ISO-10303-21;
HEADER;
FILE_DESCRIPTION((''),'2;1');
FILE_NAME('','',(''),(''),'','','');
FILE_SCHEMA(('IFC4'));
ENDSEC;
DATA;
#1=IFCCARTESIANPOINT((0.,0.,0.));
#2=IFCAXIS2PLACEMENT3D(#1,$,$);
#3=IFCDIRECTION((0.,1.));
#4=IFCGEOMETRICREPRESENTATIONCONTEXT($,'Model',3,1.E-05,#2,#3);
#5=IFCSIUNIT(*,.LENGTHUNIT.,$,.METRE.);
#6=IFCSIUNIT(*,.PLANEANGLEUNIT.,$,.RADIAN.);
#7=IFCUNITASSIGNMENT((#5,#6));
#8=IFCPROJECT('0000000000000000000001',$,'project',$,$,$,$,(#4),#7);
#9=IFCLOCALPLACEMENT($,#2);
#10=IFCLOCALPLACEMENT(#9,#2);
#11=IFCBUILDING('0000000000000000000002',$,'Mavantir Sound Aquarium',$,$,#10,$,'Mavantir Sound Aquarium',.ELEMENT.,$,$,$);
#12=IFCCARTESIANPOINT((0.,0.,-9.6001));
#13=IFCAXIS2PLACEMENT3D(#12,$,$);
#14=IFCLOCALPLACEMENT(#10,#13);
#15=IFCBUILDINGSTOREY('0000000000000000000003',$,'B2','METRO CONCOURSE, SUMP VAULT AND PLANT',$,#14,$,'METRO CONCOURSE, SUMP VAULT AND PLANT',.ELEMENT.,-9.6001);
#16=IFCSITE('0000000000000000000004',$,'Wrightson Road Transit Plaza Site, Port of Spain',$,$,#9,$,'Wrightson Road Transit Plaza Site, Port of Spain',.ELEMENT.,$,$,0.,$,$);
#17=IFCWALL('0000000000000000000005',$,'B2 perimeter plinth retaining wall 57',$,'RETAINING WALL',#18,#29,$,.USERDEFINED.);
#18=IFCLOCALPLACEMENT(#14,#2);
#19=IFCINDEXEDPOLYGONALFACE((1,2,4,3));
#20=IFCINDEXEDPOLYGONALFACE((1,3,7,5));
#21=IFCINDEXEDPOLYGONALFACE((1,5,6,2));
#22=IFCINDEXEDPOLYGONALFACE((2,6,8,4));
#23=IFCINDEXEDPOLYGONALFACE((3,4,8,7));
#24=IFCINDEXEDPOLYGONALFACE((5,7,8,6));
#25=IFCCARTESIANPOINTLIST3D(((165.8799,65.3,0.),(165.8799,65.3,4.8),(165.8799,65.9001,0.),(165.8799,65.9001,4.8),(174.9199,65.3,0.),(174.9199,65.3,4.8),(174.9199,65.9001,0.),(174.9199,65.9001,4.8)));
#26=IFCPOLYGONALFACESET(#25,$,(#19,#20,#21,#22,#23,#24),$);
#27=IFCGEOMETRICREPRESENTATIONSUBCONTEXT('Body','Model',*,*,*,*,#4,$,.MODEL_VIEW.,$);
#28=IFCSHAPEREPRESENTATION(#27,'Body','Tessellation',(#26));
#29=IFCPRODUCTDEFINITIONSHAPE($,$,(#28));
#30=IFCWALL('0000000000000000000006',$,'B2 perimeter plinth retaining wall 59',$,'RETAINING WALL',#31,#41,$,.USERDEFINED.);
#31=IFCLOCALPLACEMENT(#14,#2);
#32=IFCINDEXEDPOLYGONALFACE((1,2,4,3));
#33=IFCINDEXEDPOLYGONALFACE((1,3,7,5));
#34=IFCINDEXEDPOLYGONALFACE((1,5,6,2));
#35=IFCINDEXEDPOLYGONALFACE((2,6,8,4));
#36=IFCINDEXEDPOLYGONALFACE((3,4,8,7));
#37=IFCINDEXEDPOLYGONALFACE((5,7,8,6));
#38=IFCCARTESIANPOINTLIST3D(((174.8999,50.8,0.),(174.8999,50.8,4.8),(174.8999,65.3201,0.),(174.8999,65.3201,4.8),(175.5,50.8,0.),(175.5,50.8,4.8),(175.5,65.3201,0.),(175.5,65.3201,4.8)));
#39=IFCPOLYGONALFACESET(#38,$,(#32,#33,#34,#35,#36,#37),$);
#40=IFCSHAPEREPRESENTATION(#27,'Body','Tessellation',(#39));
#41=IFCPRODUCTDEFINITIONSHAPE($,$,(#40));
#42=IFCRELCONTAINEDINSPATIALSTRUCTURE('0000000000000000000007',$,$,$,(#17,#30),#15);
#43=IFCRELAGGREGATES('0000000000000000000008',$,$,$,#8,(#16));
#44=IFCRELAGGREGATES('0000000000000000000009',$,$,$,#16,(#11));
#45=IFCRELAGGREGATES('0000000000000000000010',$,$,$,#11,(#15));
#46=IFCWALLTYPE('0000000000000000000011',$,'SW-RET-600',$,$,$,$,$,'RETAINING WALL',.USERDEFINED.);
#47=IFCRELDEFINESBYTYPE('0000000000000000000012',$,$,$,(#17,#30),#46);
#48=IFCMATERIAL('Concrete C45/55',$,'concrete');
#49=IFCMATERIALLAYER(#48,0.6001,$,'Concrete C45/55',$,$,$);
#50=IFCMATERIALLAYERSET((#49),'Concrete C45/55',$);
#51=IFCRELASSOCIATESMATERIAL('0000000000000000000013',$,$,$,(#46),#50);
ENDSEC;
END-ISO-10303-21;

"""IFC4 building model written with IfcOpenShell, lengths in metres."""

from ifc_helpers import new_model, si_unit, direction, frame, frame_2d, origin, place, context, subcontext, project, spatial, rectangle, extrude, material, layer, layer_set, type_object, element, save


model = new_model("IFC4")

# Units and contexts
model_context = context("Model", 3, precision=1e-05, world=origin(), true_north=direction((0.0, 1.0)))
body_context = subcontext(model_context, "Body", "Model", "MODEL_VIEW")
ifc_project = project(units=[si_unit("LENGTHUNIT", "METRE"), si_unit("PLANEANGLEUNIT", "RADIAN")], contexts=[model_context])

# Site, building, storey
site_placement = place(None, origin())
site = spatial("IfcSite", under=ifc_project, at=site_placement, Name="Wrightson Road Transit Plaza Site, Port of Spain", LongName="Wrightson Road Transit Plaza Site, Port of Spain", CompositionType="ELEMENT", RefElevation=0.0)
building_placement = place(site_placement, origin())
building = spatial("IfcBuilding", under=site, at=building_placement, Name="Mavantir Sound Aquarium", LongName="Mavantir Sound Aquarium", CompositionType="ELEMENT")
storey_placement = place(building_placement, frame((0.0, 0.0, -9.6001)))
storey = spatial("IfcBuildingStorey", under=building, at=storey_placement, Name="B2", Description="METRO CONCOURSE, SUMP VAULT AND PLANT", LongName="METRO CONCOURSE, SUMP VAULT AND PLANT", CompositionType="ELEMENT", Elevation=-9.6001)

# Walls
ifc_material_1 = material(Name="Concrete C45/55", Category="concrete")
ifc_layer = layer(ifc_material_1, 0.6001, Name="Concrete C45/55")
ifc_layer_set = layer_set([ifc_layer], Name="Concrete C45/55")
wall_type = type_object("IfcWallType", Name="SW-RET-600", ElementType="RETAINING WALL", PredefinedType="USERDEFINED", material=ifc_layer_set)
wall_1_placement = place(storey_placement, frame((165.8799, 65.6001, 0.0), z_axis=(0.0, 0.0, 1.0), x_axis=(1.0, 0.0, 0.0)))
element("IfcWall", 1, at=wall_1_placement, inside=storey, type_object=wall_type, Name="B2 perimeter plinth retaining wall 57", ObjectType="RETAINING WALL", PredefinedType="USERDEFINED", context=body_context, shape_type="SweptSolid", body=[
    extrude(rectangle(XDim=9.04, YDim=0.6001, at=frame_2d((4.52, 0.0))), origin(), (0.0, 0.0, 1.0), 4.8),
])
wall_2_placement = place(storey_placement, frame((175.2, 65.3201, 0.0), z_axis=(0.0, 0.0, 1.0), x_axis=(0.0, -1.0, 0.0)))
element("IfcWall", 2, at=wall_2_placement, inside=storey, type_object=wall_type, Name="B2 perimeter plinth retaining wall 59", ObjectType="RETAINING WALL", PredefinedType="USERDEFINED", context=body_context, shape_type="SweptSolid", body=[
    extrude(rectangle(XDim=14.52, YDim=0.6001, at=frame_2d((7.26, 0.0))), origin(), (0.0, 0.0, 1.0), 4.8),
])

save(model, "model.ifc")
